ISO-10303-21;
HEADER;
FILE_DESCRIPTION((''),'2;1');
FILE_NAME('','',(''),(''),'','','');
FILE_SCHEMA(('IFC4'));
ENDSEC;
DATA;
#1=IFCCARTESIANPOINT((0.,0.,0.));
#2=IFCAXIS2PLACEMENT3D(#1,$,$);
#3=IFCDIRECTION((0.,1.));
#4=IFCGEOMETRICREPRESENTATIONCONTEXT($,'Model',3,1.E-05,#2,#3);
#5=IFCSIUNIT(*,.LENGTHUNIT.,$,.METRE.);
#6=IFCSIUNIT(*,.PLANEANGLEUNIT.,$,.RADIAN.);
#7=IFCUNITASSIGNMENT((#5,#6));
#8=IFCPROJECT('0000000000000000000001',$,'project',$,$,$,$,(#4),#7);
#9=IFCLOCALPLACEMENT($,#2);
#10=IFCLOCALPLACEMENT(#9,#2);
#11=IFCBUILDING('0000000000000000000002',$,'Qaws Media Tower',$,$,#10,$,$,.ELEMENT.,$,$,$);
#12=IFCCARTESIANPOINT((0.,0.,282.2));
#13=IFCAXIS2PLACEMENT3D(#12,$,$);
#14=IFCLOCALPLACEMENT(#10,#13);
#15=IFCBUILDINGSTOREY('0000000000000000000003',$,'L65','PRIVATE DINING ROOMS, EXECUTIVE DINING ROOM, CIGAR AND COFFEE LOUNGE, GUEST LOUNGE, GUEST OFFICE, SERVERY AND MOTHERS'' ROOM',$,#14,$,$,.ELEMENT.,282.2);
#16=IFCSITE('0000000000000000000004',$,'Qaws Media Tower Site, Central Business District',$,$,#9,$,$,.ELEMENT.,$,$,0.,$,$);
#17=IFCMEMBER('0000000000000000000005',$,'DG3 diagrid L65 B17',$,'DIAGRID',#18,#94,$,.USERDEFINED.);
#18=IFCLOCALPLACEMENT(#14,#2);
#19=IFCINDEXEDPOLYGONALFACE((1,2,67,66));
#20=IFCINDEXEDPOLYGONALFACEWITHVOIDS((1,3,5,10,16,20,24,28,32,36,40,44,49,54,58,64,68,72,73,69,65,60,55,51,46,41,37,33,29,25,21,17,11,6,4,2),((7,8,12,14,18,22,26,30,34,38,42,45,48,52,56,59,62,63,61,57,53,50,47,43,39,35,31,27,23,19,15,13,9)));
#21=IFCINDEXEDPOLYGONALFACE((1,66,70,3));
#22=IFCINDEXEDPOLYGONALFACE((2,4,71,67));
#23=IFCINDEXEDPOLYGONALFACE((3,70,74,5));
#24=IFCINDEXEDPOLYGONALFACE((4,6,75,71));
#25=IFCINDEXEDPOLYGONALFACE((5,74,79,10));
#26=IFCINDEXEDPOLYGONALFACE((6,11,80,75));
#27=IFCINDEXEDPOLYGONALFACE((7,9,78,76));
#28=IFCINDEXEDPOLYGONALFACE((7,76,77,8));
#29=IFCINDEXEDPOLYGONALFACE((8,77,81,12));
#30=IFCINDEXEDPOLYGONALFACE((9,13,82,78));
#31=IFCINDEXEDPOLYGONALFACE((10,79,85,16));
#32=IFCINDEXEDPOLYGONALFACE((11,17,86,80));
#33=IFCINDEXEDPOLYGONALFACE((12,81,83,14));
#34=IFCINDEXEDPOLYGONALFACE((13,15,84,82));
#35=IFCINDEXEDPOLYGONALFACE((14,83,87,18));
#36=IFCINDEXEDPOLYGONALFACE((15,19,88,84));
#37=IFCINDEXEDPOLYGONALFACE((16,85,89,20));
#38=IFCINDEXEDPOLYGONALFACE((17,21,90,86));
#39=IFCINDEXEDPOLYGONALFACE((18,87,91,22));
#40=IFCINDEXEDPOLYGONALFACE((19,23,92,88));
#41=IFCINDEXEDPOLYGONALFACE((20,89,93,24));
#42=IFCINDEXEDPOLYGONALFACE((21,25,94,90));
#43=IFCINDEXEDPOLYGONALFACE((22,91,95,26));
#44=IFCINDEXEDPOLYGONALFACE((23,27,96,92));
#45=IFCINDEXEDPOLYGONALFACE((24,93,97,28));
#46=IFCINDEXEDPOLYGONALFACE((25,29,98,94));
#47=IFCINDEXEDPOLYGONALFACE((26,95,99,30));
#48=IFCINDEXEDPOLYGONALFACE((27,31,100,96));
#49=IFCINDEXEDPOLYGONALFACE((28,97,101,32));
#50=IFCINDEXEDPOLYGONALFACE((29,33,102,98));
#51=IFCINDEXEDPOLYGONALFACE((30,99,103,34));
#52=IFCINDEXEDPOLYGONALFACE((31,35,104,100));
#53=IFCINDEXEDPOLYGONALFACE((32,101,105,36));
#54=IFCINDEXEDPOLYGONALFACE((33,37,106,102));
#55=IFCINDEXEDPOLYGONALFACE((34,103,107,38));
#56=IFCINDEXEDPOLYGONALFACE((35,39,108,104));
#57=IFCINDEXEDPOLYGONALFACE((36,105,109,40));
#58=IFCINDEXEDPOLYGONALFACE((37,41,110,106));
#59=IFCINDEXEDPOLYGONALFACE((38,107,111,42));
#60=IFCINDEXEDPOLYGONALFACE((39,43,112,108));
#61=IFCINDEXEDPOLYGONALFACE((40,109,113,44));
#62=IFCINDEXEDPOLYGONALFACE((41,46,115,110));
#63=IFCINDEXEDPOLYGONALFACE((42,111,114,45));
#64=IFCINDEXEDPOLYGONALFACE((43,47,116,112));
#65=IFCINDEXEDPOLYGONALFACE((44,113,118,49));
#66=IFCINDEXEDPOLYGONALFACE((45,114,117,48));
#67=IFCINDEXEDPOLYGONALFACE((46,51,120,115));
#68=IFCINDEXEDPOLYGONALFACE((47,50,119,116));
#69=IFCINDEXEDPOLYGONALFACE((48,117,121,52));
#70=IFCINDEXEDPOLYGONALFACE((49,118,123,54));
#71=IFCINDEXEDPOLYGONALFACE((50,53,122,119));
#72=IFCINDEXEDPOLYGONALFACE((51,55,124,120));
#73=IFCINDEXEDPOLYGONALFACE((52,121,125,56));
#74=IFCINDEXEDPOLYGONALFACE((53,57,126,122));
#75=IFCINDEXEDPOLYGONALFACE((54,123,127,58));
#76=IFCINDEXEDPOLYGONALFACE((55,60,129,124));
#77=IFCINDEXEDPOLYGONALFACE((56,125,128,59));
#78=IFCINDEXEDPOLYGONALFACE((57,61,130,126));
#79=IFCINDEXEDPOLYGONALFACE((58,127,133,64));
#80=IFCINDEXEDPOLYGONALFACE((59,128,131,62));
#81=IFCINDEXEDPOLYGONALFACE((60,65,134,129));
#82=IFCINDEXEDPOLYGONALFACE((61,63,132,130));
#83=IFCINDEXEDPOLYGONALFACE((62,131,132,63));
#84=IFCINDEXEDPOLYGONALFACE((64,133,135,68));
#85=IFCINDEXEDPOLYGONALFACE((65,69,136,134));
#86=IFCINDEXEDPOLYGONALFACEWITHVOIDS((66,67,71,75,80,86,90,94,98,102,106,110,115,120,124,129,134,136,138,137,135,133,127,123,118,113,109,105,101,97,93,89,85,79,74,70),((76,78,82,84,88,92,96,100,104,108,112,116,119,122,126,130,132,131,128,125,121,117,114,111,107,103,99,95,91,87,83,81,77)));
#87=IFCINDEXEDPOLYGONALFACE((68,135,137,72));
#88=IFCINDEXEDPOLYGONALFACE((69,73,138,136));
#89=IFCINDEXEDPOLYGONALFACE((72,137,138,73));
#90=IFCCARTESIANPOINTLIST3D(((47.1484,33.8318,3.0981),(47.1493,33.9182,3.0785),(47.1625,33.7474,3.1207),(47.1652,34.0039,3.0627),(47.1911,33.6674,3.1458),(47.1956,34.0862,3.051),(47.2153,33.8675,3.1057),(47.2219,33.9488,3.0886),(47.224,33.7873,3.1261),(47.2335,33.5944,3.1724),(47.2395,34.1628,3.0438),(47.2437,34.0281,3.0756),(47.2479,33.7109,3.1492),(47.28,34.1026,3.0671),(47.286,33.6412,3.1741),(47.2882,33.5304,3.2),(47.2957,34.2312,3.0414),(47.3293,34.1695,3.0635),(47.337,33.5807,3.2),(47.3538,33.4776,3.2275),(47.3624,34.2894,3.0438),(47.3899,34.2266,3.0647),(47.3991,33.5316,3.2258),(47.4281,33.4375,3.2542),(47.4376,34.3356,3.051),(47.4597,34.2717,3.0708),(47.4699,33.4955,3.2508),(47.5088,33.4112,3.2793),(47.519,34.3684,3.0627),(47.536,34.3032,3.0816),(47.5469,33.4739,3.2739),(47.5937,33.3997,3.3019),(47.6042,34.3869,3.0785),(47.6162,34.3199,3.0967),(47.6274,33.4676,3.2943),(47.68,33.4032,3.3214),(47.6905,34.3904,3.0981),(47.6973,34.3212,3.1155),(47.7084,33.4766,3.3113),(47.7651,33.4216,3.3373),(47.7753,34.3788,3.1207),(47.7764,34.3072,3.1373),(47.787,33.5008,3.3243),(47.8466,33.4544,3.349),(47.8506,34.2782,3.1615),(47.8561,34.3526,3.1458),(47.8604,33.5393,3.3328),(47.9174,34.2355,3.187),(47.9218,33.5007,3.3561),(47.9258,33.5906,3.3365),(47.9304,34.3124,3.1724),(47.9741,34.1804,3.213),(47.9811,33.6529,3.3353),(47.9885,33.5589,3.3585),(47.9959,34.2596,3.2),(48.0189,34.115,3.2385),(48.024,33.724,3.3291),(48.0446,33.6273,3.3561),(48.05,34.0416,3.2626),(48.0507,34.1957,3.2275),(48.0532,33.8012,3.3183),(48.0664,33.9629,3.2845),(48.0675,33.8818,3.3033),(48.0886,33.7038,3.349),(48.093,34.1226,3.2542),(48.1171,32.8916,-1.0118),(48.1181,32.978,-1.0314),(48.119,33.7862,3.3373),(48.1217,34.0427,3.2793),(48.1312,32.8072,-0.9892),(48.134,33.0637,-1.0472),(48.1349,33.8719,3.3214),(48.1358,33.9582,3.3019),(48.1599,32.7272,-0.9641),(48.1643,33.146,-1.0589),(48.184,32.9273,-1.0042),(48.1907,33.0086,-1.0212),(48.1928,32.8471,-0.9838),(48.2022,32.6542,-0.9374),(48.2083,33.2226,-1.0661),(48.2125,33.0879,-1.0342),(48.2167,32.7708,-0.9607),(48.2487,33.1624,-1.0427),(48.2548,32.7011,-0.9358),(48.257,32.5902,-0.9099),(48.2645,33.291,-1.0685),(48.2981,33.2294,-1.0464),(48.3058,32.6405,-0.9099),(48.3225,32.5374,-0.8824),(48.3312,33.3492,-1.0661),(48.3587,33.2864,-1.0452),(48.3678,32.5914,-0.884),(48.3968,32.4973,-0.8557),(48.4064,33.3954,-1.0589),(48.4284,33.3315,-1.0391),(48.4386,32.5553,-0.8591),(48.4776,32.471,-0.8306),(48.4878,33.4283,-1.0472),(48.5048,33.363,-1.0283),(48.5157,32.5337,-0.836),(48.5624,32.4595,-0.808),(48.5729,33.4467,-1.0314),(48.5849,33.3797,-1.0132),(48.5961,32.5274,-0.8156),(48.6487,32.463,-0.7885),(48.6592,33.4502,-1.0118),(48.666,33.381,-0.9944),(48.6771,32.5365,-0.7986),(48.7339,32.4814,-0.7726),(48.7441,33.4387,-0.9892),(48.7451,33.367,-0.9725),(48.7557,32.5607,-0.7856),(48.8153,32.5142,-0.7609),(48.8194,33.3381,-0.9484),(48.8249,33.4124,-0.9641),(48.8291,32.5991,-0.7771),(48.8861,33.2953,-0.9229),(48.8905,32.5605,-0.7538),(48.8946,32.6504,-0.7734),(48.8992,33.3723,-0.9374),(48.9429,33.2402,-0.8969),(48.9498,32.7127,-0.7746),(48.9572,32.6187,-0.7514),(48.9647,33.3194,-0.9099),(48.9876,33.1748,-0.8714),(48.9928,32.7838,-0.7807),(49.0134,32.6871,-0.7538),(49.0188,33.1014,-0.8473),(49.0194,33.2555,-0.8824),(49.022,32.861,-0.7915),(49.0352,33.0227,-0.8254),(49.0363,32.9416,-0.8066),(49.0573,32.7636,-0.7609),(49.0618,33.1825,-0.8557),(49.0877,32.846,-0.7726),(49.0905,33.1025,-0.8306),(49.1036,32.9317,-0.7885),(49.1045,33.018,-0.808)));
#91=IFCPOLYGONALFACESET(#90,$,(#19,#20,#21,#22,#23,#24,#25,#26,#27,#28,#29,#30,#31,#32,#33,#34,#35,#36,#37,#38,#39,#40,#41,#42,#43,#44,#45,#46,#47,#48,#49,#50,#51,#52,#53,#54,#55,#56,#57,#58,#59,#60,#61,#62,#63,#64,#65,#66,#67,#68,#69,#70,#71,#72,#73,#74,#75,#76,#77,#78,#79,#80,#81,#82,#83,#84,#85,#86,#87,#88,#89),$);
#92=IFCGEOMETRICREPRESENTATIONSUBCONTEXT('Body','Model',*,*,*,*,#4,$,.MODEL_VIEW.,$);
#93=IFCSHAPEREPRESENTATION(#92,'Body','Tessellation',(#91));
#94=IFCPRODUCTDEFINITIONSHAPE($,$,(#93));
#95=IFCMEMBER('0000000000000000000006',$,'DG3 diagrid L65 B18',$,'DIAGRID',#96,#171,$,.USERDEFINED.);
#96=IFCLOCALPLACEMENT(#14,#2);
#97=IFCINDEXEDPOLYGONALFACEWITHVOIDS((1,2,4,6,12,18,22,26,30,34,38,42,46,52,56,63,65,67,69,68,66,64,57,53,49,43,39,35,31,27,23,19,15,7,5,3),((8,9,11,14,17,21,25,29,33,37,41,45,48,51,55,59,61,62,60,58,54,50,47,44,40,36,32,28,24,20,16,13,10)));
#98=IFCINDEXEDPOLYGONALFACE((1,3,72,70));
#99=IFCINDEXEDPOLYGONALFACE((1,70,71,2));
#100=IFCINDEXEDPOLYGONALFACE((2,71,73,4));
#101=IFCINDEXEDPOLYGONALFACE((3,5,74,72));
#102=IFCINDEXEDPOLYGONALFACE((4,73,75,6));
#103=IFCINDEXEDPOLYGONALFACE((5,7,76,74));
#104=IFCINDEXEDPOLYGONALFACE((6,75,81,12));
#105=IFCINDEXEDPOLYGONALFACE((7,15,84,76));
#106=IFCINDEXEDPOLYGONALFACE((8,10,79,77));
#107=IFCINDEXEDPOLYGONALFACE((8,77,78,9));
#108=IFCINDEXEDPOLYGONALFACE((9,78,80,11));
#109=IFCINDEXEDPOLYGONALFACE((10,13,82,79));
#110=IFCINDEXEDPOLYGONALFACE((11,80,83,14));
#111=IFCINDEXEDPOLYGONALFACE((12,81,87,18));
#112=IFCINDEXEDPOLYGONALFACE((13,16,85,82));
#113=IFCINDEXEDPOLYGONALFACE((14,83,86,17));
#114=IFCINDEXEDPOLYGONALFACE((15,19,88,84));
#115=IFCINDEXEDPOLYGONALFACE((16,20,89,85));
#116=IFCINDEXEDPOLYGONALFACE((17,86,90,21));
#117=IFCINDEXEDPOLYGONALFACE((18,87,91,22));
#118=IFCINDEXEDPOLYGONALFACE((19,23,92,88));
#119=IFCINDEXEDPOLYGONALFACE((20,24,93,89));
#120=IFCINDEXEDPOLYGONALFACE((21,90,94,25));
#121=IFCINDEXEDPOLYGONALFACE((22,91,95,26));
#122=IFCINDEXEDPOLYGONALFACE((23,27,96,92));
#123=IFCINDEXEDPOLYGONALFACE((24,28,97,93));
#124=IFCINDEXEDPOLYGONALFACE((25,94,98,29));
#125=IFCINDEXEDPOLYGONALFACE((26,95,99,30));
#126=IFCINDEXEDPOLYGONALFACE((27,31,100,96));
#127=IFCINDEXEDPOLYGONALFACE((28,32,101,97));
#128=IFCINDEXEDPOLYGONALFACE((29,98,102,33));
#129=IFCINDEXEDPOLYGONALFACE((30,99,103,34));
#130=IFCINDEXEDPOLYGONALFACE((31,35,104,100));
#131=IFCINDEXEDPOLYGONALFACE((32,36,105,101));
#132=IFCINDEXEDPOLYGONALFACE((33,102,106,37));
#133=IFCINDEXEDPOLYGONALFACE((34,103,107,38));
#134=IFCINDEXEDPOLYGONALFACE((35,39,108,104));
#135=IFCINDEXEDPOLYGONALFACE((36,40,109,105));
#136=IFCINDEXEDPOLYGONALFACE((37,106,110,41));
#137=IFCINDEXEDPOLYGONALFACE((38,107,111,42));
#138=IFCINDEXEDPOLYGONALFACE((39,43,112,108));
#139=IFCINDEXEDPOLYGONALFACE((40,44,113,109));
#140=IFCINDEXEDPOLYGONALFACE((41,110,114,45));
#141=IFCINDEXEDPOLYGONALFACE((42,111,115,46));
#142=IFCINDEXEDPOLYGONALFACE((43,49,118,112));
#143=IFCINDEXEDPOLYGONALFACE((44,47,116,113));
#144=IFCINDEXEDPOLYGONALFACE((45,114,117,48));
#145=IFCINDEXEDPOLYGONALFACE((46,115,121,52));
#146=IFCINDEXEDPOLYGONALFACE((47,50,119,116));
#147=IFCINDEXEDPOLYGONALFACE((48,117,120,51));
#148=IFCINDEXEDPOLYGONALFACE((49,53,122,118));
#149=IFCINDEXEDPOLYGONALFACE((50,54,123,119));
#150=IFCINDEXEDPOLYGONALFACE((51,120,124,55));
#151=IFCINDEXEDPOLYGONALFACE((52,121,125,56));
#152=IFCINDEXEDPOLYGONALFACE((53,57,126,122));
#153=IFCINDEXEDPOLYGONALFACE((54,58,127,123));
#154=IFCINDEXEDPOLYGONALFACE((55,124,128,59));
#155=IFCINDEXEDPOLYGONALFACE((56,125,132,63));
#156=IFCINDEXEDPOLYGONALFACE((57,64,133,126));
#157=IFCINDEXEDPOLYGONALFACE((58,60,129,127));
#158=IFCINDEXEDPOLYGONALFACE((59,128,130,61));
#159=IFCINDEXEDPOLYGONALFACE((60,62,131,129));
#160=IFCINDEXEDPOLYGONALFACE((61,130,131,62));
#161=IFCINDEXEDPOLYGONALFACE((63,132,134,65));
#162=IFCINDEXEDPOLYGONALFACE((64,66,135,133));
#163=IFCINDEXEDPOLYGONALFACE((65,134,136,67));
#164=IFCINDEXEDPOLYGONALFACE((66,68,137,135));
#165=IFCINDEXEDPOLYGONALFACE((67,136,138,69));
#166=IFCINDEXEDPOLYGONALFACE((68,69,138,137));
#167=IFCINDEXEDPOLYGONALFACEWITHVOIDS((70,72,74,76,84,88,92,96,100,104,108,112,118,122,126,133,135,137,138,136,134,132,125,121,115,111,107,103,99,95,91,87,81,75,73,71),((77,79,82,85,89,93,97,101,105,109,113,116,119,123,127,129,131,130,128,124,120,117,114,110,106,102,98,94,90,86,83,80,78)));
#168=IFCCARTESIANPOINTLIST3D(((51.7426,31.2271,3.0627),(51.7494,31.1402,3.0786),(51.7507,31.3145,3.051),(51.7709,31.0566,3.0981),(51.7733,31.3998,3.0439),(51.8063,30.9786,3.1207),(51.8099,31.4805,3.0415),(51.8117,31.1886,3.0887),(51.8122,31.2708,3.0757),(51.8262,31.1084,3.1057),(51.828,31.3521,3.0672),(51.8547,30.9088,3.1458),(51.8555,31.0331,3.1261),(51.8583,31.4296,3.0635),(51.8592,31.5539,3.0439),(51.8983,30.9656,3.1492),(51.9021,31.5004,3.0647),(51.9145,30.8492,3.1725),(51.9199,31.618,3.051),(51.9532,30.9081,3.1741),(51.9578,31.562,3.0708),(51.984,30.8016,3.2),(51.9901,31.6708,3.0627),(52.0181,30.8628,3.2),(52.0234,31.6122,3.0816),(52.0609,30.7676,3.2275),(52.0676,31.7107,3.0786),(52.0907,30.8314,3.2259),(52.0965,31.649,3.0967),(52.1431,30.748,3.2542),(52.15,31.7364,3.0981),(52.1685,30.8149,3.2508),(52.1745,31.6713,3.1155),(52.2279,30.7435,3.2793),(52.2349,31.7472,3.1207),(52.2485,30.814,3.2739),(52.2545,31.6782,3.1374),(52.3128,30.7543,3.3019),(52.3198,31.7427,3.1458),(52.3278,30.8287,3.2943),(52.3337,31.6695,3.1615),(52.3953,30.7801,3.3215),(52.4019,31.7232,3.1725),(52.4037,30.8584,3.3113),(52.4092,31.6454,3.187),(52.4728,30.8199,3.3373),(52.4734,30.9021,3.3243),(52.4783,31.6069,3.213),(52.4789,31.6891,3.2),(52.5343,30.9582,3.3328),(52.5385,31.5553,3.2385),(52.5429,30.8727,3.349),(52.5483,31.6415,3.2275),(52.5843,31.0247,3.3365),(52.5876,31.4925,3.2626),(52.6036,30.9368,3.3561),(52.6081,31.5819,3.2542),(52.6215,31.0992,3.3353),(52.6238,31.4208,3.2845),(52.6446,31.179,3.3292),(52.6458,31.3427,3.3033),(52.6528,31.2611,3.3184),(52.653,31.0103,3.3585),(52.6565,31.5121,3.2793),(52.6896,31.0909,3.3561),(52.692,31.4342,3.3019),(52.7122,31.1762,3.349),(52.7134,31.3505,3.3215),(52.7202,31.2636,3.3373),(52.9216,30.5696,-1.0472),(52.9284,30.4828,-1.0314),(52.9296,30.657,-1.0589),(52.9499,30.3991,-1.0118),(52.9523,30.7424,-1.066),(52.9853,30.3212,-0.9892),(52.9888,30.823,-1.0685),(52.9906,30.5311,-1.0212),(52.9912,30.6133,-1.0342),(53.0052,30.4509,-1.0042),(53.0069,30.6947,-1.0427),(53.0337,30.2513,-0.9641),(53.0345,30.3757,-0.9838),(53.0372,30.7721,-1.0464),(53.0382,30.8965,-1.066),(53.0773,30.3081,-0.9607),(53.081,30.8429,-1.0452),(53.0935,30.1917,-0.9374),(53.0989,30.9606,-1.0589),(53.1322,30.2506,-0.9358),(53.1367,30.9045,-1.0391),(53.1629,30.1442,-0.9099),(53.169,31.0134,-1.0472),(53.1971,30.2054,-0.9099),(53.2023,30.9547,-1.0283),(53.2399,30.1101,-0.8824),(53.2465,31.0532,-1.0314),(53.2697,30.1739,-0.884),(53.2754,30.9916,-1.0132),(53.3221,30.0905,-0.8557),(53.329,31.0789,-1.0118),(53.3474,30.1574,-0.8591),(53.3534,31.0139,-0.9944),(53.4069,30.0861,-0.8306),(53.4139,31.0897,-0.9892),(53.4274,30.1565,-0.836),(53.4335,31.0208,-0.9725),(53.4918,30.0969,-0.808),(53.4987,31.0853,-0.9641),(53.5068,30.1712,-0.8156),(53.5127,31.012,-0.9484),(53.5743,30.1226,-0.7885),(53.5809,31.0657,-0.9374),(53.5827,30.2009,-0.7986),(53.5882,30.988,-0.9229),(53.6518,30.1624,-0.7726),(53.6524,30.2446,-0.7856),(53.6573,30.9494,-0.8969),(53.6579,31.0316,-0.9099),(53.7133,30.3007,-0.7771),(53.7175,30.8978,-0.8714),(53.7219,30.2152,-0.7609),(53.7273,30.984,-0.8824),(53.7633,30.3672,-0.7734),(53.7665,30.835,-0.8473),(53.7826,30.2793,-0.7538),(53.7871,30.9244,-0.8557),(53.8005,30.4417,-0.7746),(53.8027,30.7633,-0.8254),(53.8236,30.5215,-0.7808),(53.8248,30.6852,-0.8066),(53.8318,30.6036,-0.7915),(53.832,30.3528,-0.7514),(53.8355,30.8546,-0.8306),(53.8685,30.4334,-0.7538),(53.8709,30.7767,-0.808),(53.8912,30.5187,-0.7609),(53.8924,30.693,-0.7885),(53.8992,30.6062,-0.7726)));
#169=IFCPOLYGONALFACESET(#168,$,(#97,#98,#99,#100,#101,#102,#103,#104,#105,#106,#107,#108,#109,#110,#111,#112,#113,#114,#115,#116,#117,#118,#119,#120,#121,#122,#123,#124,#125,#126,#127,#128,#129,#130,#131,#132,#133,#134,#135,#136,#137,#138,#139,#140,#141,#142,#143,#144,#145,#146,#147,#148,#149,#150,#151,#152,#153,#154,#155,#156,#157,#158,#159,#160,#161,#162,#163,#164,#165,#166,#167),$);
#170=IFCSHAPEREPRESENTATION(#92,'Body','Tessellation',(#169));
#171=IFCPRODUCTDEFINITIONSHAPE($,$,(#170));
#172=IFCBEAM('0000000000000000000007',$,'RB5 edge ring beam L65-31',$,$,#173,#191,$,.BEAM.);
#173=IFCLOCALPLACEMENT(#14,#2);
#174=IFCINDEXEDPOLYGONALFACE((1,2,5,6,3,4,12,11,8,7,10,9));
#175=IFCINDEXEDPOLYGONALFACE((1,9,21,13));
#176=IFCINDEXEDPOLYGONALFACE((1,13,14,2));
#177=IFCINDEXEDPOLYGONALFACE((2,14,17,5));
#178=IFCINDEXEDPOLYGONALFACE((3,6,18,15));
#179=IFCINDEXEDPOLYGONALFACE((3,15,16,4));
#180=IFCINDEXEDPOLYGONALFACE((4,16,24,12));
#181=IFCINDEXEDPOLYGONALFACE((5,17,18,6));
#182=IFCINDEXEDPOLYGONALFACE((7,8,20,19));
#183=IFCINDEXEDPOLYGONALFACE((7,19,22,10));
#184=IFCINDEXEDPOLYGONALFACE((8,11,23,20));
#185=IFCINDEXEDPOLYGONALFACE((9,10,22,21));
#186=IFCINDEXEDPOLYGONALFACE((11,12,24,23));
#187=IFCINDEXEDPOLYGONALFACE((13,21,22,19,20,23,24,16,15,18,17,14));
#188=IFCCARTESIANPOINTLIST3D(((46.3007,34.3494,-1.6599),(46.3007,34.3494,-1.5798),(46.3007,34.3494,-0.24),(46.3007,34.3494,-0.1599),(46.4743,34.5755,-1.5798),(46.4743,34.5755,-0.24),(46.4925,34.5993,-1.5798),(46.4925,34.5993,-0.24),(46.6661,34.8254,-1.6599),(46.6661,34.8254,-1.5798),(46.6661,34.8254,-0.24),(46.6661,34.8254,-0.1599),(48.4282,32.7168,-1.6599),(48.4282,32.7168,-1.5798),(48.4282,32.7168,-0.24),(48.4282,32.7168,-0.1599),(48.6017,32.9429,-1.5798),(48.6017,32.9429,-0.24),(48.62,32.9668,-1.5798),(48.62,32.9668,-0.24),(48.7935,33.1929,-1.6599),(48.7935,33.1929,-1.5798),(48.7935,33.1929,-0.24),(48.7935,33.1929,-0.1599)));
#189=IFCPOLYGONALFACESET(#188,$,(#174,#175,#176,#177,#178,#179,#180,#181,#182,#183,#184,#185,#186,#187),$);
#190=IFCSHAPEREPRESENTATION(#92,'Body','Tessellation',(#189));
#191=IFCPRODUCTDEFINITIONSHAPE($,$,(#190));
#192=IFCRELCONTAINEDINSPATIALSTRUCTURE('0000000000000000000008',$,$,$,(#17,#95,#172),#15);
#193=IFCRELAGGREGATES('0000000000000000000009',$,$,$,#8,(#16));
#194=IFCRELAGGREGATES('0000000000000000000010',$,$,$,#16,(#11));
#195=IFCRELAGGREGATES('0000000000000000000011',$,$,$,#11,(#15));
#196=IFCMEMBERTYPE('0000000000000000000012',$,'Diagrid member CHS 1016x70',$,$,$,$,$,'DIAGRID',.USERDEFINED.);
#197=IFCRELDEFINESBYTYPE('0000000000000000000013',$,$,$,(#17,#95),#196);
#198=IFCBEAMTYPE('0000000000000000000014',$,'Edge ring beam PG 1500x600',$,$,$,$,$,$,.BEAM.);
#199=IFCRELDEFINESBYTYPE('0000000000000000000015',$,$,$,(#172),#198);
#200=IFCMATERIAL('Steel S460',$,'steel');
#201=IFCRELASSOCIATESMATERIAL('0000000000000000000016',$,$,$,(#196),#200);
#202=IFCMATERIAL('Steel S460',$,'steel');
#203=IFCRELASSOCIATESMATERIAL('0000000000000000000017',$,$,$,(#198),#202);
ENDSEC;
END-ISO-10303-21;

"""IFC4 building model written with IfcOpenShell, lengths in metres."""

from ifc_helpers import new_model, si_unit, direction, frame, origin, origin_2d, place, context, subcontext, project, spatial, hollow_circle, i_section, extrude, material, material_profile, profile_set, type_object, element, save


model = new_model("IFC4")

# Units and contexts
model_context = context("Model", 3, precision=1e-05, world=origin(), true_north=direction((0.0, 1.0)))
body_context = subcontext(model_context, "Body", "Model", "MODEL_VIEW")
ifc_project = project(units=[si_unit("LENGTHUNIT", "METRE"), si_unit("PLANEANGLEUNIT", "RADIAN")], contexts=[model_context])

# Site, building, storey
site_placement = place(None, origin())
site = spatial("IfcSite", under=ifc_project, at=site_placement, Name="Qaws Media Tower Site, Central Business District", CompositionType="ELEMENT", RefElevation=0.0)
building_placement = place(site_placement, origin())
building = spatial("IfcBuilding", under=site, at=building_placement, Name="Qaws Media Tower", CompositionType="ELEMENT")
storey_placement = place(building_placement, frame((0.0, 0.0, 282.2)))
storey = spatial("IfcBuildingStorey", under=building, at=storey_placement, Name="L65", Description="PRIVATE DINING ROOMS, EXECUTIVE DINING ROOM, CIGAR AND COFFEE LOUNGE, GUEST LOUNGE, GUEST OFFICE, SERVERY AND MOTHERS' ROOM", CompositionType="ELEMENT", Elevation=282.2)

# Members
ifc_material_1 = material(Name="Steel S460", Category="steel")
ifc_material_profile_1 = material_profile(ifc_material_1, hollow_circle(Radius=0.5081, WallThickness=0.0701, at=origin_2d()), Name="CHS 1016x70")
ifc_profile_set_1 = profile_set([ifc_material_profile_1], Name="Steel S460")
member_type_1 = type_object("IfcMemberType", Name="Diagrid member CHS 1016x70", ElementType="DIAGRID", PredefinedType="USERDEFINED", material=ifc_profile_set_1)
for number, where, z_axis, x_axis, name in (
    (1, (48.6108, 32.9548, -0.9099), (-0.223942, 0.217339, 0.95006), (-0.696448, -0.717607, 0.0), "DG3 diagrid L65 B17"),
    (2, (53.4104, 30.5879, -0.9099), (-0.272536, 0.151986, 0.950066), (-0.487055, -0.873371, 0.0), "DG3 diagrid L65 B18"),
):
    element("IfcMember", number, at=place(storey_placement, frame(where, z_axis=z_axis, x_axis=x_axis)), inside=storey, type_object=member_type_1, Name=name, ObjectType="DIAGRID", PredefinedType="USERDEFINED", context=body_context, shape_type="SweptSolid", body=[
        extrude(hollow_circle(Radius=0.5081, WallThickness=0.0701, at=origin_2d()), origin(), (0.0, 0.0, 1.0), 4.3259),
    ])

# Beam
ifc_material_2 = material(Name="Steel S460", Category="steel")
ifc_material_profile_2 = material_profile(ifc_material_2, i_section(OverallWidth=0.6001, OverallDepth=1.5, WebThickness=0.03, FlangeThickness=0.0801, at=origin_2d()), Name="PG 1500x600")
ifc_profile_set_2 = profile_set([ifc_material_profile_2], Name="Steel S460")
beam_type = type_object("IfcBeamType", Name="Edge ring beam PG 1500x600", PredefinedType="BEAM", material=ifc_profile_set_2)
for number, where, z_axis, x_axis, name in (
    (3, (46.4834, 34.5874, -0.9099), (0.793331, -0.608791, 0.0), (0.608791, 0.793331, 0.0), "RB5 edge ring beam L65-31"),
):
    element("IfcBeam", number, at=place(storey_placement, frame(where, z_axis=z_axis, x_axis=x_axis)), inside=storey, type_object=beam_type, Name=name, PredefinedType="BEAM", context=body_context, shape_type="SweptSolid", body=[
        extrude(i_section(OverallWidth=0.6001, OverallDepth=1.5, WebThickness=0.03, FlangeThickness=0.0801, at=origin_2d()), origin(), (0.0, 0.0, 1.0), 2.6816),
    ])

save(model, "model.ifc")
